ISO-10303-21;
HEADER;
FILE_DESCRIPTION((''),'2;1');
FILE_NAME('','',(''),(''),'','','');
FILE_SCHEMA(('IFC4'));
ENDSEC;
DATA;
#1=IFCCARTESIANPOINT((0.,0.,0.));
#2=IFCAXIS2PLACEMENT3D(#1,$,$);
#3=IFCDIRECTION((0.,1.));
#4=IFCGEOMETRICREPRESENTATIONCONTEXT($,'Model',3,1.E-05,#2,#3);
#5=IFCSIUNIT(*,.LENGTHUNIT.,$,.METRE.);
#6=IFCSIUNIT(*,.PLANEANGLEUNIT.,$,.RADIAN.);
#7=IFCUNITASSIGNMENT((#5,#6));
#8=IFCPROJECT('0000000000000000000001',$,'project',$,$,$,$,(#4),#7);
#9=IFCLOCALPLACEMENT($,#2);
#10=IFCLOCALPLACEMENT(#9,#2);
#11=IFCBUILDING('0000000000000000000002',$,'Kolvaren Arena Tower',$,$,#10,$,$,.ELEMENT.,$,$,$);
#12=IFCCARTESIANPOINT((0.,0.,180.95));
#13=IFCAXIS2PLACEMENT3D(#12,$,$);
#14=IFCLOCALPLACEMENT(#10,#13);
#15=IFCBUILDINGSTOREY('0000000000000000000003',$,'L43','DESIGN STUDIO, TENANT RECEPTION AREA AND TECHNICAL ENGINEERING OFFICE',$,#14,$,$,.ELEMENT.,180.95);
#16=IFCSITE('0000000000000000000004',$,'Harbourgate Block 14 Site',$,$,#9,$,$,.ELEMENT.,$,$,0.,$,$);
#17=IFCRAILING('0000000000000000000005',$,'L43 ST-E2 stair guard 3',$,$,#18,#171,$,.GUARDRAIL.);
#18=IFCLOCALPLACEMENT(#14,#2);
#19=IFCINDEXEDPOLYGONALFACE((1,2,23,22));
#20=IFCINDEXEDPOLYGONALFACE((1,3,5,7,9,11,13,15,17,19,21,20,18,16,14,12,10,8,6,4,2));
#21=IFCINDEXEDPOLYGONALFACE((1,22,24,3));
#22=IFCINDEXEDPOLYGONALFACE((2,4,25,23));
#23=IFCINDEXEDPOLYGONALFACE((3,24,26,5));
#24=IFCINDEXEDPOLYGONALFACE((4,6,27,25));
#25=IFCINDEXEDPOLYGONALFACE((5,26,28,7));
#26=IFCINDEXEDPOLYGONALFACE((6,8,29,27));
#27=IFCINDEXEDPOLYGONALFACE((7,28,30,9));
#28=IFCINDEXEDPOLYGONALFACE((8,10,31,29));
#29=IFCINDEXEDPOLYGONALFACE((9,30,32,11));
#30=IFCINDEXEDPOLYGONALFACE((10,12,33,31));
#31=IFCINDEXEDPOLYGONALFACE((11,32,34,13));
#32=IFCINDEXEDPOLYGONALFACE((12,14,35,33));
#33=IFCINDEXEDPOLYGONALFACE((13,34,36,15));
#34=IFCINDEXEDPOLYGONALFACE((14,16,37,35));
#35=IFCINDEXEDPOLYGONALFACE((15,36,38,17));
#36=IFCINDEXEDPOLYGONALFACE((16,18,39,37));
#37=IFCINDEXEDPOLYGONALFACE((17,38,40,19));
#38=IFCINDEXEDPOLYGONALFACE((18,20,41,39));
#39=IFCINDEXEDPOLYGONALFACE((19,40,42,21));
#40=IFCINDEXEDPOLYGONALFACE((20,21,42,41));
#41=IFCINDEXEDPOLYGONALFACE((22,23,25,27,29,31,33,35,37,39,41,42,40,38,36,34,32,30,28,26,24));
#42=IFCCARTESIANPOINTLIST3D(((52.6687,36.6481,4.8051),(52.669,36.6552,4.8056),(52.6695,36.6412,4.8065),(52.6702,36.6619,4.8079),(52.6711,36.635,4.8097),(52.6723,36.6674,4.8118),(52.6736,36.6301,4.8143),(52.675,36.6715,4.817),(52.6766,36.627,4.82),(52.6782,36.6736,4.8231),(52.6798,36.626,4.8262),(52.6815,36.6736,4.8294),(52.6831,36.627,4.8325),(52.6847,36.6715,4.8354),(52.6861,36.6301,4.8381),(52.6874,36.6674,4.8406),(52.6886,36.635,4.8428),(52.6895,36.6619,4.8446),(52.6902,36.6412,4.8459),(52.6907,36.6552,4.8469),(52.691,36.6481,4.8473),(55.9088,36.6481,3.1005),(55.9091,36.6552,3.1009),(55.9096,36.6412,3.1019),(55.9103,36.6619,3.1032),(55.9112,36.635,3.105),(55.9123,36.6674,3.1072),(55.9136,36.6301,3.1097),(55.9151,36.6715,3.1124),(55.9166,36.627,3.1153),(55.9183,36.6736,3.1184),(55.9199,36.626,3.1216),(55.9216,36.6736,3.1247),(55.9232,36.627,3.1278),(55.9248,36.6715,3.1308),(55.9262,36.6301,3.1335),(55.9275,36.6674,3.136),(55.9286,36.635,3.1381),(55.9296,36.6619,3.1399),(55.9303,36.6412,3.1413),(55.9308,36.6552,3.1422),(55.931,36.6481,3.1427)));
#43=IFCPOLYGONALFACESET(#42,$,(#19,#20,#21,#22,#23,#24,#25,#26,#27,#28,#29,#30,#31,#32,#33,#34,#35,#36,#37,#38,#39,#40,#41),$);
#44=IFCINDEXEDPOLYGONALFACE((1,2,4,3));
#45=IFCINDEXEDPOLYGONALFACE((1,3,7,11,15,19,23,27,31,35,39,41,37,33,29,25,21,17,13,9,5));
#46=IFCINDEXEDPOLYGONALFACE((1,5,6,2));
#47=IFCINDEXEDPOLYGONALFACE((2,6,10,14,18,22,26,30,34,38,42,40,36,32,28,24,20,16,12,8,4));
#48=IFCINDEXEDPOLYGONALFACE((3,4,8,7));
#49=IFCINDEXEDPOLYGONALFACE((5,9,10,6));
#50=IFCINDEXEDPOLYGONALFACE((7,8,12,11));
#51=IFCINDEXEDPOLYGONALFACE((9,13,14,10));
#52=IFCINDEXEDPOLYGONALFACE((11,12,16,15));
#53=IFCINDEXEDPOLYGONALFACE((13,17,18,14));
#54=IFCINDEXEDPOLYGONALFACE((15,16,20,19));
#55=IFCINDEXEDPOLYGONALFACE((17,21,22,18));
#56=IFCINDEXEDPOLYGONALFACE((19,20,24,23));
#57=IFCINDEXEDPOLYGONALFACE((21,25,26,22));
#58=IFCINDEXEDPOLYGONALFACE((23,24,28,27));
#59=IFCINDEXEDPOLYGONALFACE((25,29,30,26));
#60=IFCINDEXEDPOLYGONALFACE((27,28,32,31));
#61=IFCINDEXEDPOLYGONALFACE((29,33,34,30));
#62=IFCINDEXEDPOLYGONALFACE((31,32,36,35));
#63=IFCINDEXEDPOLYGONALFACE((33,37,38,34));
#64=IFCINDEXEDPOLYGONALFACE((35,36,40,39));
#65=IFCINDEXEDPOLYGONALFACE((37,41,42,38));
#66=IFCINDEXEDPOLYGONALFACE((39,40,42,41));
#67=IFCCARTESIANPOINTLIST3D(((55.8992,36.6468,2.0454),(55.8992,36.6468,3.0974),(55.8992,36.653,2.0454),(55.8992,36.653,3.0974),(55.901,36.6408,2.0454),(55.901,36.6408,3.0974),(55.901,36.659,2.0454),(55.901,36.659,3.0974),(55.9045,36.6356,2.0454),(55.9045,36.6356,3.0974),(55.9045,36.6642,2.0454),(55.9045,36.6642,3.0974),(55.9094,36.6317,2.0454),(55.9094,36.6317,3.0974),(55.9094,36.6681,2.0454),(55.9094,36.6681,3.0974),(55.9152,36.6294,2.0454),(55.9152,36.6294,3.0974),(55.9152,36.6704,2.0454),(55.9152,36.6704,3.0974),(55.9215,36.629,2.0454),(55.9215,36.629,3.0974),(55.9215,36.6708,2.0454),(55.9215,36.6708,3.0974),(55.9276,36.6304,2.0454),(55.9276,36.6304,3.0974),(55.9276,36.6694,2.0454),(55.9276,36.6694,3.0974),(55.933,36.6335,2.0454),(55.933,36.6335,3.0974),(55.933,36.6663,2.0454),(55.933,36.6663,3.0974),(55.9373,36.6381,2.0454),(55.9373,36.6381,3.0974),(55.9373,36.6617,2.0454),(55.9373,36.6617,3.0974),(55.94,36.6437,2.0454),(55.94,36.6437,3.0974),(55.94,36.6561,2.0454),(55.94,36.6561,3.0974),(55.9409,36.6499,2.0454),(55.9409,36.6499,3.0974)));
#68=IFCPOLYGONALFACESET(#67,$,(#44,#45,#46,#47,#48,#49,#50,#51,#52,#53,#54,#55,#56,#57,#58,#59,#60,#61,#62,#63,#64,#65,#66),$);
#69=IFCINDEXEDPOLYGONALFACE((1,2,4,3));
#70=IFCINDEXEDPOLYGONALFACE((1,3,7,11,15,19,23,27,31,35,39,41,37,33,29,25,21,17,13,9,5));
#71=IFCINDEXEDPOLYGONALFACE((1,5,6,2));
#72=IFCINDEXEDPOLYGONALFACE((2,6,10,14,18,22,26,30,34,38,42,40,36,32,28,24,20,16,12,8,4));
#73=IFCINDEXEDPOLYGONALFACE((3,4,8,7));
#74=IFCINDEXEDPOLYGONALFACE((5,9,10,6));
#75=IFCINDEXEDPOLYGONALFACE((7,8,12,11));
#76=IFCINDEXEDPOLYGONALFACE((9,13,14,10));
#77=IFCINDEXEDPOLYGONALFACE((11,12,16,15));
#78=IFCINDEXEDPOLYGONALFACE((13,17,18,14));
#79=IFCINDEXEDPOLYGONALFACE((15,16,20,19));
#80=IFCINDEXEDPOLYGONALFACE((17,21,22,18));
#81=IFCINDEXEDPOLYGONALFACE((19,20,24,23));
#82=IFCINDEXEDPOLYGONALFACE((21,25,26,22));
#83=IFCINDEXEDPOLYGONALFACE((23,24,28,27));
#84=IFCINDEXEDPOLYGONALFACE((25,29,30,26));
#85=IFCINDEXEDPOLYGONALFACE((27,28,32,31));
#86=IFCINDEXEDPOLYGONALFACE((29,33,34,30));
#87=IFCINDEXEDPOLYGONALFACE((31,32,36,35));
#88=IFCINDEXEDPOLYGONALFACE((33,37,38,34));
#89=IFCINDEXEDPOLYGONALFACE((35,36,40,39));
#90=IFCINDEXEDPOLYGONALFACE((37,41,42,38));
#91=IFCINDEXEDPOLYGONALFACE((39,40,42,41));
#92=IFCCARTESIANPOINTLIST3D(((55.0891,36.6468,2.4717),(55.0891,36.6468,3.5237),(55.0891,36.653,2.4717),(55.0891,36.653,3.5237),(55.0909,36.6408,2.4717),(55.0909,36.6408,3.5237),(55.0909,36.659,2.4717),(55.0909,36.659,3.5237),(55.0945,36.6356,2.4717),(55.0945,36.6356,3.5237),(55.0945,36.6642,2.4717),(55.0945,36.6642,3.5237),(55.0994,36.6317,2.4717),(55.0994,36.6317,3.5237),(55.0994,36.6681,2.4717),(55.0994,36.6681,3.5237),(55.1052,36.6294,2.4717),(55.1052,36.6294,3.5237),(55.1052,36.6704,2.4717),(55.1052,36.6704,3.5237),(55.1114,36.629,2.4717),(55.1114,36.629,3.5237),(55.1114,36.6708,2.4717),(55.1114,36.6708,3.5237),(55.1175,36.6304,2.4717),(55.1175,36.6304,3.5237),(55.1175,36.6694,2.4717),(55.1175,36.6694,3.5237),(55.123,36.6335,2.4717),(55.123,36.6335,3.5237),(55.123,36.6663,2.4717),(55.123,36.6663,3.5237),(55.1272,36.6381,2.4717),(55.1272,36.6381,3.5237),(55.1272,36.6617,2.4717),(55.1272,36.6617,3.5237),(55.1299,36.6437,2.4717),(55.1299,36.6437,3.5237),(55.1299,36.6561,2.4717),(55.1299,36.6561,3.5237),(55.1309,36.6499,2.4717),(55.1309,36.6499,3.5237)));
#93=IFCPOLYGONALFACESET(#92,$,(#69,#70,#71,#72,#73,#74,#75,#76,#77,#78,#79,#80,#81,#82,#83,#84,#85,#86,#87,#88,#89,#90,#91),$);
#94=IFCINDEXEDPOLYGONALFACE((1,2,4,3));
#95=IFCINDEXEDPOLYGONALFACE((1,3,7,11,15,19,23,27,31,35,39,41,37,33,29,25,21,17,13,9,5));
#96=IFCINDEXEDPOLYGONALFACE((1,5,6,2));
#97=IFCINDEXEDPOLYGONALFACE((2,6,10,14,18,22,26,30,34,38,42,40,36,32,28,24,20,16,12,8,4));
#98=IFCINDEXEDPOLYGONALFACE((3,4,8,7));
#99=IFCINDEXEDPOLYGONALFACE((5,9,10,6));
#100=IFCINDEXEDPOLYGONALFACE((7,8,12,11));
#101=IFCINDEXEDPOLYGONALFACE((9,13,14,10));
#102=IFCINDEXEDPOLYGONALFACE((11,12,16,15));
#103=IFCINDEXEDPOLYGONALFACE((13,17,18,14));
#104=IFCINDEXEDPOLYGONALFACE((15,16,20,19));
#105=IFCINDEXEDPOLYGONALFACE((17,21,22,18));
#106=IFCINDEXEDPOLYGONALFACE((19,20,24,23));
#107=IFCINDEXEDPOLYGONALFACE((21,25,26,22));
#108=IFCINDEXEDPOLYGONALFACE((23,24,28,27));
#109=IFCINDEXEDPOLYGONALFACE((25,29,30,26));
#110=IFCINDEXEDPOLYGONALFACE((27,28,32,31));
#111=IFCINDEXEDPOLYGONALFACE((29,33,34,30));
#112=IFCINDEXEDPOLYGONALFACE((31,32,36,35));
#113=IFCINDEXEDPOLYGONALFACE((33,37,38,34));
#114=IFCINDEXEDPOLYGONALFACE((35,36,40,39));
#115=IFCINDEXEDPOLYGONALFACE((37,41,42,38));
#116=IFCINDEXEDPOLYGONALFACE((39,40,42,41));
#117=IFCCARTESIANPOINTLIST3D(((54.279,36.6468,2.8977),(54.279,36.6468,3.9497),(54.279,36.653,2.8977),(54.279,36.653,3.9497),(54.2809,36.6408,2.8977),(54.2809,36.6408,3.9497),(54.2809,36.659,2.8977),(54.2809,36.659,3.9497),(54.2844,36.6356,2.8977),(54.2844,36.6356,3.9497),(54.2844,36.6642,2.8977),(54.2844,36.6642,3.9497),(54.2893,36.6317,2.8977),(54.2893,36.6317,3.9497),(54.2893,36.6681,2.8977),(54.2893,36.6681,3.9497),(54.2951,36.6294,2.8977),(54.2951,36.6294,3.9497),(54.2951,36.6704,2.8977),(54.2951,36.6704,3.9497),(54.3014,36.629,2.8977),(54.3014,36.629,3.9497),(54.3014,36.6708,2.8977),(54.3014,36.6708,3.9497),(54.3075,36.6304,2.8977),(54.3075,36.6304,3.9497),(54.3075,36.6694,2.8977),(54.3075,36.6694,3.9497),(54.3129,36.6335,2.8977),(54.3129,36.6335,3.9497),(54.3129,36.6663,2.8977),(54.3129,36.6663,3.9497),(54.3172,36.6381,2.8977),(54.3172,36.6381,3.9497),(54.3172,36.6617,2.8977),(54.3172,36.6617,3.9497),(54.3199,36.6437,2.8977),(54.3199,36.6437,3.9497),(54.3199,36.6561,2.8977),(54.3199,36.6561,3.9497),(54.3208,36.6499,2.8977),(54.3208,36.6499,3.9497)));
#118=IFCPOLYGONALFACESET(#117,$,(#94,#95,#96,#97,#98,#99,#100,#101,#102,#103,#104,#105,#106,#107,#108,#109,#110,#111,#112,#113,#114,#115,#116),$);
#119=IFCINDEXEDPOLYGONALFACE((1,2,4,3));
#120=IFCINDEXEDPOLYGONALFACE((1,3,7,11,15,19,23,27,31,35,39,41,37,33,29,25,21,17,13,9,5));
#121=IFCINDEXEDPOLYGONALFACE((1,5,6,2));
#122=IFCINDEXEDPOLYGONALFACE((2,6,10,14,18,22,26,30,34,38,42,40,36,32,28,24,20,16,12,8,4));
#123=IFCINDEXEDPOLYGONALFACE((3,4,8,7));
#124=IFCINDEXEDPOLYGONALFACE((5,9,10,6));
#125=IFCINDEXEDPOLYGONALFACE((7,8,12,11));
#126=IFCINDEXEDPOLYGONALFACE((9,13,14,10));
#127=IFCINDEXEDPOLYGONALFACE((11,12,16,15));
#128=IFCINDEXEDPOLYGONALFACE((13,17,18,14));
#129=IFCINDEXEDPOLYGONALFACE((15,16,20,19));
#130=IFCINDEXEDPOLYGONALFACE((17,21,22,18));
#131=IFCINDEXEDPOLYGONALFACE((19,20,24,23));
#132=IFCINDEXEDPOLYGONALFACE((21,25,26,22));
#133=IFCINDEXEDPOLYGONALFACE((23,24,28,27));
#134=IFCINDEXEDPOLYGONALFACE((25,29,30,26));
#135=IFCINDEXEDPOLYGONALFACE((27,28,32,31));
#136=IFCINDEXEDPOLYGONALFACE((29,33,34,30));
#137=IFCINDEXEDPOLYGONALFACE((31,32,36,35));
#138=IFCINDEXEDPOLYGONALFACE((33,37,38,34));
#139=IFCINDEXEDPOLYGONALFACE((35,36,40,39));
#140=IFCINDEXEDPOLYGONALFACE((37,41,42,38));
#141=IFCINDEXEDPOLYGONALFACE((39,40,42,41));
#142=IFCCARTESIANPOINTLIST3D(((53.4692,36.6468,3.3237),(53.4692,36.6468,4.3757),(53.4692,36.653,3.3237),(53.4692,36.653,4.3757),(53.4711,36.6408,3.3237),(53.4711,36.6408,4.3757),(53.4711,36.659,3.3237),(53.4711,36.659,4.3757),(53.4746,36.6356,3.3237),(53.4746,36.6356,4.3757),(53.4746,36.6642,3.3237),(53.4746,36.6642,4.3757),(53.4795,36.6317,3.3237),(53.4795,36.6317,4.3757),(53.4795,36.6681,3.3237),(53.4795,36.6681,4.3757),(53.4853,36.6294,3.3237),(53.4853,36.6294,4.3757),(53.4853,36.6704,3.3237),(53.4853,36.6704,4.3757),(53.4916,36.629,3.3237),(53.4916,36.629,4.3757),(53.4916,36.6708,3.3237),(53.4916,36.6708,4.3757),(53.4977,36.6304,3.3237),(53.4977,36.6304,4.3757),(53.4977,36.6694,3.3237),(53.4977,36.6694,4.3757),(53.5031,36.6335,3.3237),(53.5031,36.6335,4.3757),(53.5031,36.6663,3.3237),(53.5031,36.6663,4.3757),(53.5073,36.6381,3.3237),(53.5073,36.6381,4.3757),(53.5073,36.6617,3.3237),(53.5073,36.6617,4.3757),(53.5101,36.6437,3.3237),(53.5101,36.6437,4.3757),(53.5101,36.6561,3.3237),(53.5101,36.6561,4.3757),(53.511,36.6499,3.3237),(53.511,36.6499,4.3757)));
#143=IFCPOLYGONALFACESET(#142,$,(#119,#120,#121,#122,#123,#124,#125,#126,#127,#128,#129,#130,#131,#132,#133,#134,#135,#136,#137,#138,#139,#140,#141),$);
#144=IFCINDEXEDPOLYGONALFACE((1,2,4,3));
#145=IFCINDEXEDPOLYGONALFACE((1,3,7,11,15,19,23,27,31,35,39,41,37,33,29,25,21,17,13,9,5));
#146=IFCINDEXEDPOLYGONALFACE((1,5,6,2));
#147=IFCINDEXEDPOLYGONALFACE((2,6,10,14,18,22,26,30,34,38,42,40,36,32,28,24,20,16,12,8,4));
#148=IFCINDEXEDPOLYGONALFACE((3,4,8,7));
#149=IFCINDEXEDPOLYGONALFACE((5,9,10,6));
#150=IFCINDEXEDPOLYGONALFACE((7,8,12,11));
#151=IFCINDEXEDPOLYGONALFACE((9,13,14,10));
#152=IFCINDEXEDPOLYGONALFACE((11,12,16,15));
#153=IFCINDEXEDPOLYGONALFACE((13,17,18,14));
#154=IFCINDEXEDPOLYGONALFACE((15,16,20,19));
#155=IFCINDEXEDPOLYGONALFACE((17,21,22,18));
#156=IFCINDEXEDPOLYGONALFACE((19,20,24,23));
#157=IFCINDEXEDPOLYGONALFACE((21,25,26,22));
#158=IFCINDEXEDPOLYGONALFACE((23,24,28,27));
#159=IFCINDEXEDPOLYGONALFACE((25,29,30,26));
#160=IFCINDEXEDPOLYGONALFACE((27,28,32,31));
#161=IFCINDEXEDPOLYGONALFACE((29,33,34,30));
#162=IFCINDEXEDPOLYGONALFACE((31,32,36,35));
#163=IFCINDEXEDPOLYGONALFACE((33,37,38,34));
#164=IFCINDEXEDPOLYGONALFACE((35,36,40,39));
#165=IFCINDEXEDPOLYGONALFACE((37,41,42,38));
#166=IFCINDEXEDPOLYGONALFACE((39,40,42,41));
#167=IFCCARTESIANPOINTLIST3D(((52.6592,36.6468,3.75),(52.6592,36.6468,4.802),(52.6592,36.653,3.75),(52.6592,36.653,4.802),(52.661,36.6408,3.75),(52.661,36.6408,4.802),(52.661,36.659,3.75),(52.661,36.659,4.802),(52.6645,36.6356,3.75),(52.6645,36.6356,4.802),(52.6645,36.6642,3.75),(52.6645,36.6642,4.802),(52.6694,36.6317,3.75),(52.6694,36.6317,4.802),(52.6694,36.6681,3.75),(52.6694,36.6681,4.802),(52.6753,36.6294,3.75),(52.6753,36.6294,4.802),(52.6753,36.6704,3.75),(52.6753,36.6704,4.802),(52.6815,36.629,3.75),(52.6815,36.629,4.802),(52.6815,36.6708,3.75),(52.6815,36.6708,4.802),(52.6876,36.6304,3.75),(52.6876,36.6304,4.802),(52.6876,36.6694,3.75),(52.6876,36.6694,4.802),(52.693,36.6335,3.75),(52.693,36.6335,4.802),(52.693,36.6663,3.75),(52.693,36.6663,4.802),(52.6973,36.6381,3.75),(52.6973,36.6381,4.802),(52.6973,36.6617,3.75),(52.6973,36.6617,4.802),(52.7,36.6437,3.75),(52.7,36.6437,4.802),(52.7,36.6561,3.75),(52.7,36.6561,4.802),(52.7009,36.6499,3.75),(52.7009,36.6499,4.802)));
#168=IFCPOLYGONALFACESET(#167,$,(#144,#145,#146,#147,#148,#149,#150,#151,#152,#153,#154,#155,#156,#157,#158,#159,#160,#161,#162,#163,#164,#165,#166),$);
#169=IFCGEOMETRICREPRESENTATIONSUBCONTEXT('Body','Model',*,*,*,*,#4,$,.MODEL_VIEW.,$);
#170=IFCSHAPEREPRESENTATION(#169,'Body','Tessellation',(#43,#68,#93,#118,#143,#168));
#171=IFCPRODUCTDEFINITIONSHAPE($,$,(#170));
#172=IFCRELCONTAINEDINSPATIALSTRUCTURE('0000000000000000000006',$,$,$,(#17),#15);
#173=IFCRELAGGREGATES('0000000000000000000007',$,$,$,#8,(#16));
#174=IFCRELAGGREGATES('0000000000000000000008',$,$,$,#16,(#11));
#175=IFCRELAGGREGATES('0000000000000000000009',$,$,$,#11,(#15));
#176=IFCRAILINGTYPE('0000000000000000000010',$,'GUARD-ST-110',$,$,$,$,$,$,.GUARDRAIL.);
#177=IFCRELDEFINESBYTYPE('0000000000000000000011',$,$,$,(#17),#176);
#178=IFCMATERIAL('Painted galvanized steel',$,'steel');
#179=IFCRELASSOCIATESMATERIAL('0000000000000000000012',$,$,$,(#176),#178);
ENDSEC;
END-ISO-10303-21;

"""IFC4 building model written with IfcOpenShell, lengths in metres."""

from ifc_helpers import new_model, si_unit, direction, frame, origin, origin_2d, place, context, subcontext, project, spatial, circle, extrude, material, type_object, element, save


model = new_model("IFC4")

# Units and contexts
model_context = context("Model", 3, precision=1e-05, world=origin(), true_north=direction((0.0, 1.0)))
body_context = subcontext(model_context, "Body", "Model", "MODEL_VIEW")
ifc_project = project(units=[si_unit("LENGTHUNIT", "METRE"), si_unit("PLANEANGLEUNIT", "RADIAN")], contexts=[model_context])

# Site, building, storey
site_placement = place(None, origin())
site = spatial("IfcSite", under=ifc_project, at=site_placement, Name="Harbourgate Block 14 Site", CompositionType="ELEMENT", RefElevation=0.0)
building_placement = place(site_placement, origin())
building = spatial("IfcBuilding", under=site, at=building_placement, Name="Kolvaren Arena Tower", CompositionType="ELEMENT")
storey_placement = place(building_placement, frame((0.0, 0.0, 180.95)))
storey = spatial("IfcBuildingStorey", under=building, at=storey_placement, Name="L43", Description="DESIGN STUDIO, TENANT RECEPTION AREA AND TECHNICAL ENGINEERING OFFICE", CompositionType="ELEMENT", Elevation=180.95)

# Railing
ifc_material_1 = material(Name="Painted galvanized steel", Category="steel")
railing_type_1 = type_object("IfcRailingType", Name="GUARD-ST-110", PredefinedType="GUARDRAIL", material=ifc_material_1)
railing_1_placement = place(storey_placement, frame((55.9199, 36.6499, 2.0454)))
element("IfcRailing", 1, at=railing_1_placement, inside=storey, type_object=railing_type_1, Name="L43 ST-E2 stair guard 3", PredefinedType="GUARDRAIL", context=body_context, shape_type="SweptSolid", body=[
    extrude(circle(Radius=0.0239, at=origin_2d()), frame((0.0, 0.0, 1.0762), z_axis=(-0.884993, 0.0, 0.465604), x_axis=(0.0, -1.0, 0.0)), (0.0, 0.0, 1.0), 3.6611),
    extrude(circle(Radius=0.021, at=origin_2d()), origin(), (0.0, 0.0, 1.0), 1.052),
    extrude(circle(Radius=0.021, at=origin_2d()), frame((-0.8101, 0.0, 0.4263)), (0.0, 0.0, 1.0), 1.052),
    extrude(circle(Radius=0.021, at=origin_2d()), frame((-1.6201, 0.0, 0.8523)), (0.0, 0.0, 1.0), 1.052),
    extrude(circle(Radius=0.021, at=origin_2d()), frame((-2.4299, 0.0, 1.2783)), (0.0, 0.0, 1.0), 1.052),
    extrude(circle(Radius=0.021, at=origin_2d()), frame((-3.24, 0.0, 1.7046)), (0.0, 0.0, 1.0), 1.052),
])

save(model, "model.ifc")
